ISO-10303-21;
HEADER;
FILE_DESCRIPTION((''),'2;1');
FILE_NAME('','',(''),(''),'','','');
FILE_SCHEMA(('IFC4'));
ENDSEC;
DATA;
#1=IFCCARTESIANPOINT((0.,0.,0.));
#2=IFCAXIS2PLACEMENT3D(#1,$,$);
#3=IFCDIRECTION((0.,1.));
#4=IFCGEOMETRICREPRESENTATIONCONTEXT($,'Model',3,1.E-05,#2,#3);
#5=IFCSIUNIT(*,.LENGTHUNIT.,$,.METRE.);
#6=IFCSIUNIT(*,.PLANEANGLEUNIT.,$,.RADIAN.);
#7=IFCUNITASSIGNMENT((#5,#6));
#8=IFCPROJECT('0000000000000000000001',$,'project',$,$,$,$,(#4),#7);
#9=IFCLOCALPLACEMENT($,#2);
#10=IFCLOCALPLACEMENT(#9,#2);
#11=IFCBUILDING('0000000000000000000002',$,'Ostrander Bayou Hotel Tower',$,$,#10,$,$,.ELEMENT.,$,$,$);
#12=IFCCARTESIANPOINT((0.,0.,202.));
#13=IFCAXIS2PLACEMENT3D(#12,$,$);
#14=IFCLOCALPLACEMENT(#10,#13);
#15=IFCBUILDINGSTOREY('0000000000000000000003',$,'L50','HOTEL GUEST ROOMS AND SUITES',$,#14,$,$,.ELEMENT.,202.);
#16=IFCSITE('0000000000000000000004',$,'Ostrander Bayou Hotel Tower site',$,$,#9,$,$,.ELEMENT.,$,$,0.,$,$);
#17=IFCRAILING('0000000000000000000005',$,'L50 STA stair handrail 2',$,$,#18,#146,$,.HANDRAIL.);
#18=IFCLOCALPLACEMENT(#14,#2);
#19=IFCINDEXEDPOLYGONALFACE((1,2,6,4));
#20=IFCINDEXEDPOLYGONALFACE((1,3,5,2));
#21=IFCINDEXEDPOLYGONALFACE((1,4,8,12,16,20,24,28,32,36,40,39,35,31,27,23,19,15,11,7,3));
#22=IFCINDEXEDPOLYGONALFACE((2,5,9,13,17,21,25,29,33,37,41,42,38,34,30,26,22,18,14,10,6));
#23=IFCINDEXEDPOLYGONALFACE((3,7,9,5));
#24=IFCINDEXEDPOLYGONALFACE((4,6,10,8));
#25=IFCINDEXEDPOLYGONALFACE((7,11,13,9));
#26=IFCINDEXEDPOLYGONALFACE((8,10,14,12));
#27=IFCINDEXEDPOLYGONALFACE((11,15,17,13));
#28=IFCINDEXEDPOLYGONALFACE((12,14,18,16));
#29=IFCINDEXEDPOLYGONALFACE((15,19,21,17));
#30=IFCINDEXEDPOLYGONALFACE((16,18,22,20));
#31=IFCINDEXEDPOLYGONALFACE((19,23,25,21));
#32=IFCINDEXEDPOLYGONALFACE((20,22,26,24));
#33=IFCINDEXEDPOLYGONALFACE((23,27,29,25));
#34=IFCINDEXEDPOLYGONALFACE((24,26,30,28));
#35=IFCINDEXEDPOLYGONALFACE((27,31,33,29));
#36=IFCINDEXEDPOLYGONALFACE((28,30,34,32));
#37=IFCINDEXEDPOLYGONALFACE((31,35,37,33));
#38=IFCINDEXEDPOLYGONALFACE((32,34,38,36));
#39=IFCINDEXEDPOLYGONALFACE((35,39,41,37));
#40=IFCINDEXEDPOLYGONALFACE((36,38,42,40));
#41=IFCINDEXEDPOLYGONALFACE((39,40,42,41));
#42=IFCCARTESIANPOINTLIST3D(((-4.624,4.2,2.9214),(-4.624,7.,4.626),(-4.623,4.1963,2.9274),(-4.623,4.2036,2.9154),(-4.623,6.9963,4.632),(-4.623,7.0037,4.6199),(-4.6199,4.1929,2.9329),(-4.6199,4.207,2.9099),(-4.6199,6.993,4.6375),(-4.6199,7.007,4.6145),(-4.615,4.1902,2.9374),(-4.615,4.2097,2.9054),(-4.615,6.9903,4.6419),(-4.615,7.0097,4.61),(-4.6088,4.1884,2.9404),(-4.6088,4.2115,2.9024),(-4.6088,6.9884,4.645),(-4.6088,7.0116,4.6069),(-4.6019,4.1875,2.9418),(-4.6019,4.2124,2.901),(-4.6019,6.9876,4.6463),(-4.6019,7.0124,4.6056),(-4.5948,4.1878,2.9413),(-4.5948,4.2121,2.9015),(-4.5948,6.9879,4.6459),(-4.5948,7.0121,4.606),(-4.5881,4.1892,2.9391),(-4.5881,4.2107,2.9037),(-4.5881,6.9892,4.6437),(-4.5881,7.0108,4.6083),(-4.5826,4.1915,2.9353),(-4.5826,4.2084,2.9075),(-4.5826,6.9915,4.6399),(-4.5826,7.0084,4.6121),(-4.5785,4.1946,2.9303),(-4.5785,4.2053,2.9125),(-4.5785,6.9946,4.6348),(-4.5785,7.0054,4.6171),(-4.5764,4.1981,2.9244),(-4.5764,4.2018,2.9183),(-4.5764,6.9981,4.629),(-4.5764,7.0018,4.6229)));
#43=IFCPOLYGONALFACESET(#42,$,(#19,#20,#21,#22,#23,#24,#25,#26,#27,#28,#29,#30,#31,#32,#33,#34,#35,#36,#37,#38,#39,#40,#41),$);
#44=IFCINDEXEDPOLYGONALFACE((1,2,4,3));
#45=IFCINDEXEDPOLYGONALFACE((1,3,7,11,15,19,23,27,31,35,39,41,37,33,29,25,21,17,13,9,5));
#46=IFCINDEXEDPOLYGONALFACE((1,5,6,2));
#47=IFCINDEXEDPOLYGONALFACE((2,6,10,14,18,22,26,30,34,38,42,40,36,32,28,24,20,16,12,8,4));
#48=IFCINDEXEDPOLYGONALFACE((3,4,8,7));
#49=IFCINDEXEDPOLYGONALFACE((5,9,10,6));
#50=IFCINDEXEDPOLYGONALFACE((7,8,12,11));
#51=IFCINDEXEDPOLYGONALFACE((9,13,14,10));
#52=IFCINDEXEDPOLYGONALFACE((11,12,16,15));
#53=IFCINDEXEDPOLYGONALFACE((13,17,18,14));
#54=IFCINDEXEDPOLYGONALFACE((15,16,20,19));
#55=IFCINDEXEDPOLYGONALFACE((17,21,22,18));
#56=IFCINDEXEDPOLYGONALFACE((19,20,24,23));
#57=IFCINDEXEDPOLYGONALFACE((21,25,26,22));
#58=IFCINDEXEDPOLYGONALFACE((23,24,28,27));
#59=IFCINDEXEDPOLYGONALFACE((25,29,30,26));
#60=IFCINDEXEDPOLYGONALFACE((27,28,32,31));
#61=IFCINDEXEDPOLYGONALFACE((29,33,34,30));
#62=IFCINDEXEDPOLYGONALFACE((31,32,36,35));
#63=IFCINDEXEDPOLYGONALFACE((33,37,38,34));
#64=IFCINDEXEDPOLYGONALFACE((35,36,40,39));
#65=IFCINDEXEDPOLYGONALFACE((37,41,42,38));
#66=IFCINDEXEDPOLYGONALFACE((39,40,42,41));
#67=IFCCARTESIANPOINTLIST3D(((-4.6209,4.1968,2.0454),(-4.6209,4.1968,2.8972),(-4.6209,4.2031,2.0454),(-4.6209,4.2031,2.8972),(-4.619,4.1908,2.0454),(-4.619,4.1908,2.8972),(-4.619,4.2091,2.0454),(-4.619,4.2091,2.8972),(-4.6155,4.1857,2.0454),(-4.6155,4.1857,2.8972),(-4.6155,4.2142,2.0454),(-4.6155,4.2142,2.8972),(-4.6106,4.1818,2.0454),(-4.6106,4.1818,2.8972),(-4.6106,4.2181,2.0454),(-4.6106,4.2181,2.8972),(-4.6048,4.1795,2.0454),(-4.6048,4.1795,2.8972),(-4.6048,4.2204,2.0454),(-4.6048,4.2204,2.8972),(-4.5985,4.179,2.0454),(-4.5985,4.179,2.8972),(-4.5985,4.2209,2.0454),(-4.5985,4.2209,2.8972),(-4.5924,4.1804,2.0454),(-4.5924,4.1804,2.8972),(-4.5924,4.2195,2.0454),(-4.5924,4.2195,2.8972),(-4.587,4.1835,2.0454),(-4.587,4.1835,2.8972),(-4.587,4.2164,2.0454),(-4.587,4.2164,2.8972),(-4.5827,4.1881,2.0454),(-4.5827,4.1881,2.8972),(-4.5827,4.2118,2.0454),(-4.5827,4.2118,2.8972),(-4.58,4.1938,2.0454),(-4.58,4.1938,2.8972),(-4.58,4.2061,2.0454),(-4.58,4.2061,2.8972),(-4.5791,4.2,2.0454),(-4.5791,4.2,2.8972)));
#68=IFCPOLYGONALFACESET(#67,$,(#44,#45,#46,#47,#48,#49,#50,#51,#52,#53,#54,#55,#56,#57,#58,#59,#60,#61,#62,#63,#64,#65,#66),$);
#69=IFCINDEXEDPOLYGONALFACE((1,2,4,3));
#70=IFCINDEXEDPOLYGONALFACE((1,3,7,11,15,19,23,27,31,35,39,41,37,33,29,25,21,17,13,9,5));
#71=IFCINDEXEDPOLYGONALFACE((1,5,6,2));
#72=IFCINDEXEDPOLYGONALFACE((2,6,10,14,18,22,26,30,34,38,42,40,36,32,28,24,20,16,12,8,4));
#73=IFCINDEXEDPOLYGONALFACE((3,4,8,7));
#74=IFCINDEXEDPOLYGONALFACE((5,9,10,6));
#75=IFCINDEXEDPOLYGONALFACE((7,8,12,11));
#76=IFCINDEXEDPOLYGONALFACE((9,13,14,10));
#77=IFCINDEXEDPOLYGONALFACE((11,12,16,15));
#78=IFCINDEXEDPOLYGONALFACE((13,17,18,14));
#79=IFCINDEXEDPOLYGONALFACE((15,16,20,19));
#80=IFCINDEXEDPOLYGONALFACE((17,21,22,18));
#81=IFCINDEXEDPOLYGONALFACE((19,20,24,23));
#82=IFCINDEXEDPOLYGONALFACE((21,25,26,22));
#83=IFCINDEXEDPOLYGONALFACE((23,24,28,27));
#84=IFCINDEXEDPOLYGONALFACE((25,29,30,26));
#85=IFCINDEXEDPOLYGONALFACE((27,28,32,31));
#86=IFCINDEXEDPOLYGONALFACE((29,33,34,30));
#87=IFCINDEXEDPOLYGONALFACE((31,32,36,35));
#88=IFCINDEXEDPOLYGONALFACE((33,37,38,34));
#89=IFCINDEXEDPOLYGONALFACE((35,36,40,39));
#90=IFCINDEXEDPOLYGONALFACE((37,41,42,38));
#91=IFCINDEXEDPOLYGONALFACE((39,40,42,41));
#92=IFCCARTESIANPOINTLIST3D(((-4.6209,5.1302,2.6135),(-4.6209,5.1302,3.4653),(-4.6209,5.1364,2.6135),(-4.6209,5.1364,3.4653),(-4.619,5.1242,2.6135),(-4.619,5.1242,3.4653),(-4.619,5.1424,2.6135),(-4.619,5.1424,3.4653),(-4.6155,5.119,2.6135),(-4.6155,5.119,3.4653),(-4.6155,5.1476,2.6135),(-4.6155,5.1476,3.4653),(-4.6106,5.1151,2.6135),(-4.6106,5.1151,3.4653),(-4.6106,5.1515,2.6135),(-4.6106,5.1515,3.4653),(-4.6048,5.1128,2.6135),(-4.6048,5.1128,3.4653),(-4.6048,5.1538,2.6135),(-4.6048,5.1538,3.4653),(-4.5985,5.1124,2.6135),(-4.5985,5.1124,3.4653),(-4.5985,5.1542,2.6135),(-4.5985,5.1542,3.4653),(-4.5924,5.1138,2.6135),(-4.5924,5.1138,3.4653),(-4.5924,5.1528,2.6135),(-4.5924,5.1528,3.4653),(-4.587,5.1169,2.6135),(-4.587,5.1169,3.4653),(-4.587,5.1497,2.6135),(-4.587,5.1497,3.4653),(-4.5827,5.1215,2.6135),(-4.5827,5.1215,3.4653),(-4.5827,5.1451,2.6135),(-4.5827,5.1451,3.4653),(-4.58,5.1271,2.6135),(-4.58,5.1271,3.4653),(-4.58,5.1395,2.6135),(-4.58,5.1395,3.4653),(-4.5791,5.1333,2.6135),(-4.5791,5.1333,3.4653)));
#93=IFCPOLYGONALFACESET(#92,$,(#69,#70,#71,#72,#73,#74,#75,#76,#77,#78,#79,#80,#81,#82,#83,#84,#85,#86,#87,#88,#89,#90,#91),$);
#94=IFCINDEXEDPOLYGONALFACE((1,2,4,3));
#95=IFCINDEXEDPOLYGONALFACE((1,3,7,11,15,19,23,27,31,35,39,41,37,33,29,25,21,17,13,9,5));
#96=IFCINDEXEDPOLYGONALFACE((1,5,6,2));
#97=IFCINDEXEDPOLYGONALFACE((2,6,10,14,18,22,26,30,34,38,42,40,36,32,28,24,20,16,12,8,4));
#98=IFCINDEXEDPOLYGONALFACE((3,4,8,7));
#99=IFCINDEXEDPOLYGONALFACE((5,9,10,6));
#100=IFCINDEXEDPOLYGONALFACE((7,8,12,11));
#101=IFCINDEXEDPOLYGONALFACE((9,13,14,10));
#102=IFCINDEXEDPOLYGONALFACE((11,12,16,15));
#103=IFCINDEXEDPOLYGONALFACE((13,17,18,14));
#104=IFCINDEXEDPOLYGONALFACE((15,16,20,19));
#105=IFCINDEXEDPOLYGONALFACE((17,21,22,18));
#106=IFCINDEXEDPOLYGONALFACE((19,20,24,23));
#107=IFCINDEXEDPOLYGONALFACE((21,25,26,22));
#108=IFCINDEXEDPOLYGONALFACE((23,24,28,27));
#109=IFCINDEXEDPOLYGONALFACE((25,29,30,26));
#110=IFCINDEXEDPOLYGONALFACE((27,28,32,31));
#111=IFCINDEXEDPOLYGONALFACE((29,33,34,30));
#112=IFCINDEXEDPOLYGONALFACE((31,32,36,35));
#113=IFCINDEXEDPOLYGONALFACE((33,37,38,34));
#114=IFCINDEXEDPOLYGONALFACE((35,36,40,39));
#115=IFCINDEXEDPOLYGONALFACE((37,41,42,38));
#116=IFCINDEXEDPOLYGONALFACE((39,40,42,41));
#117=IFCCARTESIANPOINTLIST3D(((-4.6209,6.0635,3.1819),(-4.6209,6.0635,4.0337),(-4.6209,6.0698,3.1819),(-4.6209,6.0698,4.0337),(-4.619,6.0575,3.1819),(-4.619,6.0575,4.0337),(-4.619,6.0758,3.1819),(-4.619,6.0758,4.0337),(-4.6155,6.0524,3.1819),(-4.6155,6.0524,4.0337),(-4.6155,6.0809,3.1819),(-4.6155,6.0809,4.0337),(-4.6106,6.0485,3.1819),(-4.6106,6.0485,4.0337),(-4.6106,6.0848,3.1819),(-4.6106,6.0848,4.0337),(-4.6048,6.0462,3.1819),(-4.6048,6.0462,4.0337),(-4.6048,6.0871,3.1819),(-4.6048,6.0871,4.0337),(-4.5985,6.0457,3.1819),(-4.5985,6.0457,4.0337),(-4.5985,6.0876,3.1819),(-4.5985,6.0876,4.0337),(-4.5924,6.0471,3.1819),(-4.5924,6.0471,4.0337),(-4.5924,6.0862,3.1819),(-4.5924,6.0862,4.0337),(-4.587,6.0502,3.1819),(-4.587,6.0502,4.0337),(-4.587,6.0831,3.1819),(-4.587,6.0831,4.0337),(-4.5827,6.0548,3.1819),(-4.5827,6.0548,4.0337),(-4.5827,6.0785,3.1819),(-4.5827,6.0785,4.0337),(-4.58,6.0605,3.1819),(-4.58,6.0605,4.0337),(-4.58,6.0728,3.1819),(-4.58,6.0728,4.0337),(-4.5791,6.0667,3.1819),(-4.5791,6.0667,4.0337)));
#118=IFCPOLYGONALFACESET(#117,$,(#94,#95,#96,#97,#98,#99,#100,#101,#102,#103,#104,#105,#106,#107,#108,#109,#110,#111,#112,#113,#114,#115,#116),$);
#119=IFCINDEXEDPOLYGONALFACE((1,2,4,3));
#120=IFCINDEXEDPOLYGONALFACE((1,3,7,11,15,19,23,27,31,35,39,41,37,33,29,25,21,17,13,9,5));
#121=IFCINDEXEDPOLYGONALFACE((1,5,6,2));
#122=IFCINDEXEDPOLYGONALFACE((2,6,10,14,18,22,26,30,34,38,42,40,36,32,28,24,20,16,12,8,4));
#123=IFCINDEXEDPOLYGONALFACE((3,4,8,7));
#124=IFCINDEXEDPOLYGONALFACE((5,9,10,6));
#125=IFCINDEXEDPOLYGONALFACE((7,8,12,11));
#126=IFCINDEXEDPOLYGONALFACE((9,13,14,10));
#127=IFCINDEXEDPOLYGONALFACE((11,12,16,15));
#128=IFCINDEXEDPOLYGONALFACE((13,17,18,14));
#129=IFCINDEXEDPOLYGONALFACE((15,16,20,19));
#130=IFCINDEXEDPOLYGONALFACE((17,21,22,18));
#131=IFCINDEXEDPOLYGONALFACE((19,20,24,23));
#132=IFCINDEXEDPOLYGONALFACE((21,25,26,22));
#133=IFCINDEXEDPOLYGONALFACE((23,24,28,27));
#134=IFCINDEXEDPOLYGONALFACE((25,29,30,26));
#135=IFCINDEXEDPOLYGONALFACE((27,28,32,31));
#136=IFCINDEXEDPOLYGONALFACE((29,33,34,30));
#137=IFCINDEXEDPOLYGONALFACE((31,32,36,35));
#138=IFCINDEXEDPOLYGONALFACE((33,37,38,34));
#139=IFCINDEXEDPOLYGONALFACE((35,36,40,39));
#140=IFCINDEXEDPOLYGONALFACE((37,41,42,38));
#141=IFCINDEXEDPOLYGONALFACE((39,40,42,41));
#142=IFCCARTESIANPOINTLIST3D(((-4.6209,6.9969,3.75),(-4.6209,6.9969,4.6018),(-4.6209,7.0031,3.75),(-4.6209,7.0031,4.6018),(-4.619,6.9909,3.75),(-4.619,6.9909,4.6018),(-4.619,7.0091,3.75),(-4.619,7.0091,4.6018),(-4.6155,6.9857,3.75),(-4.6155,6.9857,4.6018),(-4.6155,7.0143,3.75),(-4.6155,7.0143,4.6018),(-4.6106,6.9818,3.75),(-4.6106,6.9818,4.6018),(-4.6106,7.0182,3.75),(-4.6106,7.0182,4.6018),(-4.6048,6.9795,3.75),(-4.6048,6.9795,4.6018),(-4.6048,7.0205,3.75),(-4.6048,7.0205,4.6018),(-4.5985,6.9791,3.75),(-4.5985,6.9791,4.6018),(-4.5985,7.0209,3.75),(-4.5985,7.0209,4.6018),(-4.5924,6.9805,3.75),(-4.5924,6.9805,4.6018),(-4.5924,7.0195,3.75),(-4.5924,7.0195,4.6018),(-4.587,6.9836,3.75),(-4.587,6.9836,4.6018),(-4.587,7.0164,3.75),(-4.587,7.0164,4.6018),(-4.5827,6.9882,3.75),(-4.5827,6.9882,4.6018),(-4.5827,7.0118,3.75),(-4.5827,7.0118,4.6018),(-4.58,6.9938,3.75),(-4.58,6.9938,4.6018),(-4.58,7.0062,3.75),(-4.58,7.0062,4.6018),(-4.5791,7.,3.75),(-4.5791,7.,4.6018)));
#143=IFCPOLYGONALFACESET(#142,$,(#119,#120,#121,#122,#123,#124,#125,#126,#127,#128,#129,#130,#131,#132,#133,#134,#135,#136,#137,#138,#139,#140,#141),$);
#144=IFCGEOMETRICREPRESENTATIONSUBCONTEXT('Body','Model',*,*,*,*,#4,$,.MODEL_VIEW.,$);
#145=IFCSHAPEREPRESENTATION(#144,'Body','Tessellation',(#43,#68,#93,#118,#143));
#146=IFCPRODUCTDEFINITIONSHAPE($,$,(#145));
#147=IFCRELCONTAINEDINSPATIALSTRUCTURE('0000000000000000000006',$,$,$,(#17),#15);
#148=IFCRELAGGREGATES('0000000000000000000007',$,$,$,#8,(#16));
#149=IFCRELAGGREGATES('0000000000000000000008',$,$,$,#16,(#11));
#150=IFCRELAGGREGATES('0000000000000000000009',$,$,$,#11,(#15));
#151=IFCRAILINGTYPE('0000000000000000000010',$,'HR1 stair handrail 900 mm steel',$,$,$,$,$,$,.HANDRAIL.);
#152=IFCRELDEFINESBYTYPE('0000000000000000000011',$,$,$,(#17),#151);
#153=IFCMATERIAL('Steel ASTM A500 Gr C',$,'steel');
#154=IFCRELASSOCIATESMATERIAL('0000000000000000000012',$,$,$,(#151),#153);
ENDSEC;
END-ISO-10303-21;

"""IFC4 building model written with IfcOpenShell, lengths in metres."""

from ifc_helpers import new_model, si_unit, direction, frame, origin, origin_2d, place, context, subcontext, project, spatial, circle, extrude, material, type_object, element, save


model = new_model("IFC4")

# Units and contexts
model_context = context("Model", 3, precision=1e-05, world=origin(), true_north=direction((0.0, 1.0)))
body_context = subcontext(model_context, "Body", "Model", "MODEL_VIEW")
ifc_project = project(units=[si_unit("LENGTHUNIT", "METRE"), si_unit("PLANEANGLEUNIT", "RADIAN")], contexts=[model_context])

# Site, building, storey
site_placement = place(None, origin())
site = spatial("IfcSite", under=ifc_project, at=site_placement, Name="Ostrander Bayou Hotel Tower site", CompositionType="ELEMENT", RefElevation=0.0)
building_placement = place(site_placement, origin())
building = spatial("IfcBuilding", under=site, at=building_placement, Name="Ostrander Bayou Hotel Tower", CompositionType="ELEMENT")
storey_placement = place(building_placement, frame((0.0, 0.0, 202.0)))
storey = spatial("IfcBuildingStorey", under=building, at=storey_placement, Name="L50", Description="HOTEL GUEST ROOMS AND SUITES", CompositionType="ELEMENT", Elevation=202.0)

# Railing
ifc_material_1 = material(Name="Steel ASTM A500 Gr C", Category="steel")
railing_type_1 = type_object("IfcRailingType", Name="HR1 stair handrail 900 mm steel", PredefinedType="HANDRAIL", material=ifc_material_1)
railing_1_placement = place(storey_placement, frame((-4.6001, 4.2, 2.0454)))
element("IfcRailing", 1, at=railing_1_placement, inside=storey, type_object=railing_type_1, Name="L50 STA stair handrail 2", PredefinedType="HANDRAIL", context=body_context, shape_type="SweptSolid", body=[
    extrude(circle(Radius=0.0239, at=origin_2d()), frame((0.0, 0.0, 0.876), z_axis=(0.0, 0.85417, 0.519994), x_axis=(-1.0, 0.0, 0.0)), (0.0, 0.0, 1.0), 3.2781),
    extrude(circle(Radius=0.021, at=origin_2d()), origin(), (0.0, 0.0, 1.0), 0.8518),
    extrude(circle(Radius=0.021, at=origin_2d()), frame((0.0, 0.9333, 0.5681)), (0.0, 0.0, 1.0), 0.8518),
    extrude(circle(Radius=0.021, at=origin_2d()), frame((0.0, 1.8667, 1.1365)), (0.0, 0.0, 1.0), 0.8518),
    extrude(circle(Radius=0.021, at=origin_2d()), frame((0.0, 2.8, 1.7046)), (0.0, 0.0, 1.0), 0.8518),
])

save(model, "model.ifc")
